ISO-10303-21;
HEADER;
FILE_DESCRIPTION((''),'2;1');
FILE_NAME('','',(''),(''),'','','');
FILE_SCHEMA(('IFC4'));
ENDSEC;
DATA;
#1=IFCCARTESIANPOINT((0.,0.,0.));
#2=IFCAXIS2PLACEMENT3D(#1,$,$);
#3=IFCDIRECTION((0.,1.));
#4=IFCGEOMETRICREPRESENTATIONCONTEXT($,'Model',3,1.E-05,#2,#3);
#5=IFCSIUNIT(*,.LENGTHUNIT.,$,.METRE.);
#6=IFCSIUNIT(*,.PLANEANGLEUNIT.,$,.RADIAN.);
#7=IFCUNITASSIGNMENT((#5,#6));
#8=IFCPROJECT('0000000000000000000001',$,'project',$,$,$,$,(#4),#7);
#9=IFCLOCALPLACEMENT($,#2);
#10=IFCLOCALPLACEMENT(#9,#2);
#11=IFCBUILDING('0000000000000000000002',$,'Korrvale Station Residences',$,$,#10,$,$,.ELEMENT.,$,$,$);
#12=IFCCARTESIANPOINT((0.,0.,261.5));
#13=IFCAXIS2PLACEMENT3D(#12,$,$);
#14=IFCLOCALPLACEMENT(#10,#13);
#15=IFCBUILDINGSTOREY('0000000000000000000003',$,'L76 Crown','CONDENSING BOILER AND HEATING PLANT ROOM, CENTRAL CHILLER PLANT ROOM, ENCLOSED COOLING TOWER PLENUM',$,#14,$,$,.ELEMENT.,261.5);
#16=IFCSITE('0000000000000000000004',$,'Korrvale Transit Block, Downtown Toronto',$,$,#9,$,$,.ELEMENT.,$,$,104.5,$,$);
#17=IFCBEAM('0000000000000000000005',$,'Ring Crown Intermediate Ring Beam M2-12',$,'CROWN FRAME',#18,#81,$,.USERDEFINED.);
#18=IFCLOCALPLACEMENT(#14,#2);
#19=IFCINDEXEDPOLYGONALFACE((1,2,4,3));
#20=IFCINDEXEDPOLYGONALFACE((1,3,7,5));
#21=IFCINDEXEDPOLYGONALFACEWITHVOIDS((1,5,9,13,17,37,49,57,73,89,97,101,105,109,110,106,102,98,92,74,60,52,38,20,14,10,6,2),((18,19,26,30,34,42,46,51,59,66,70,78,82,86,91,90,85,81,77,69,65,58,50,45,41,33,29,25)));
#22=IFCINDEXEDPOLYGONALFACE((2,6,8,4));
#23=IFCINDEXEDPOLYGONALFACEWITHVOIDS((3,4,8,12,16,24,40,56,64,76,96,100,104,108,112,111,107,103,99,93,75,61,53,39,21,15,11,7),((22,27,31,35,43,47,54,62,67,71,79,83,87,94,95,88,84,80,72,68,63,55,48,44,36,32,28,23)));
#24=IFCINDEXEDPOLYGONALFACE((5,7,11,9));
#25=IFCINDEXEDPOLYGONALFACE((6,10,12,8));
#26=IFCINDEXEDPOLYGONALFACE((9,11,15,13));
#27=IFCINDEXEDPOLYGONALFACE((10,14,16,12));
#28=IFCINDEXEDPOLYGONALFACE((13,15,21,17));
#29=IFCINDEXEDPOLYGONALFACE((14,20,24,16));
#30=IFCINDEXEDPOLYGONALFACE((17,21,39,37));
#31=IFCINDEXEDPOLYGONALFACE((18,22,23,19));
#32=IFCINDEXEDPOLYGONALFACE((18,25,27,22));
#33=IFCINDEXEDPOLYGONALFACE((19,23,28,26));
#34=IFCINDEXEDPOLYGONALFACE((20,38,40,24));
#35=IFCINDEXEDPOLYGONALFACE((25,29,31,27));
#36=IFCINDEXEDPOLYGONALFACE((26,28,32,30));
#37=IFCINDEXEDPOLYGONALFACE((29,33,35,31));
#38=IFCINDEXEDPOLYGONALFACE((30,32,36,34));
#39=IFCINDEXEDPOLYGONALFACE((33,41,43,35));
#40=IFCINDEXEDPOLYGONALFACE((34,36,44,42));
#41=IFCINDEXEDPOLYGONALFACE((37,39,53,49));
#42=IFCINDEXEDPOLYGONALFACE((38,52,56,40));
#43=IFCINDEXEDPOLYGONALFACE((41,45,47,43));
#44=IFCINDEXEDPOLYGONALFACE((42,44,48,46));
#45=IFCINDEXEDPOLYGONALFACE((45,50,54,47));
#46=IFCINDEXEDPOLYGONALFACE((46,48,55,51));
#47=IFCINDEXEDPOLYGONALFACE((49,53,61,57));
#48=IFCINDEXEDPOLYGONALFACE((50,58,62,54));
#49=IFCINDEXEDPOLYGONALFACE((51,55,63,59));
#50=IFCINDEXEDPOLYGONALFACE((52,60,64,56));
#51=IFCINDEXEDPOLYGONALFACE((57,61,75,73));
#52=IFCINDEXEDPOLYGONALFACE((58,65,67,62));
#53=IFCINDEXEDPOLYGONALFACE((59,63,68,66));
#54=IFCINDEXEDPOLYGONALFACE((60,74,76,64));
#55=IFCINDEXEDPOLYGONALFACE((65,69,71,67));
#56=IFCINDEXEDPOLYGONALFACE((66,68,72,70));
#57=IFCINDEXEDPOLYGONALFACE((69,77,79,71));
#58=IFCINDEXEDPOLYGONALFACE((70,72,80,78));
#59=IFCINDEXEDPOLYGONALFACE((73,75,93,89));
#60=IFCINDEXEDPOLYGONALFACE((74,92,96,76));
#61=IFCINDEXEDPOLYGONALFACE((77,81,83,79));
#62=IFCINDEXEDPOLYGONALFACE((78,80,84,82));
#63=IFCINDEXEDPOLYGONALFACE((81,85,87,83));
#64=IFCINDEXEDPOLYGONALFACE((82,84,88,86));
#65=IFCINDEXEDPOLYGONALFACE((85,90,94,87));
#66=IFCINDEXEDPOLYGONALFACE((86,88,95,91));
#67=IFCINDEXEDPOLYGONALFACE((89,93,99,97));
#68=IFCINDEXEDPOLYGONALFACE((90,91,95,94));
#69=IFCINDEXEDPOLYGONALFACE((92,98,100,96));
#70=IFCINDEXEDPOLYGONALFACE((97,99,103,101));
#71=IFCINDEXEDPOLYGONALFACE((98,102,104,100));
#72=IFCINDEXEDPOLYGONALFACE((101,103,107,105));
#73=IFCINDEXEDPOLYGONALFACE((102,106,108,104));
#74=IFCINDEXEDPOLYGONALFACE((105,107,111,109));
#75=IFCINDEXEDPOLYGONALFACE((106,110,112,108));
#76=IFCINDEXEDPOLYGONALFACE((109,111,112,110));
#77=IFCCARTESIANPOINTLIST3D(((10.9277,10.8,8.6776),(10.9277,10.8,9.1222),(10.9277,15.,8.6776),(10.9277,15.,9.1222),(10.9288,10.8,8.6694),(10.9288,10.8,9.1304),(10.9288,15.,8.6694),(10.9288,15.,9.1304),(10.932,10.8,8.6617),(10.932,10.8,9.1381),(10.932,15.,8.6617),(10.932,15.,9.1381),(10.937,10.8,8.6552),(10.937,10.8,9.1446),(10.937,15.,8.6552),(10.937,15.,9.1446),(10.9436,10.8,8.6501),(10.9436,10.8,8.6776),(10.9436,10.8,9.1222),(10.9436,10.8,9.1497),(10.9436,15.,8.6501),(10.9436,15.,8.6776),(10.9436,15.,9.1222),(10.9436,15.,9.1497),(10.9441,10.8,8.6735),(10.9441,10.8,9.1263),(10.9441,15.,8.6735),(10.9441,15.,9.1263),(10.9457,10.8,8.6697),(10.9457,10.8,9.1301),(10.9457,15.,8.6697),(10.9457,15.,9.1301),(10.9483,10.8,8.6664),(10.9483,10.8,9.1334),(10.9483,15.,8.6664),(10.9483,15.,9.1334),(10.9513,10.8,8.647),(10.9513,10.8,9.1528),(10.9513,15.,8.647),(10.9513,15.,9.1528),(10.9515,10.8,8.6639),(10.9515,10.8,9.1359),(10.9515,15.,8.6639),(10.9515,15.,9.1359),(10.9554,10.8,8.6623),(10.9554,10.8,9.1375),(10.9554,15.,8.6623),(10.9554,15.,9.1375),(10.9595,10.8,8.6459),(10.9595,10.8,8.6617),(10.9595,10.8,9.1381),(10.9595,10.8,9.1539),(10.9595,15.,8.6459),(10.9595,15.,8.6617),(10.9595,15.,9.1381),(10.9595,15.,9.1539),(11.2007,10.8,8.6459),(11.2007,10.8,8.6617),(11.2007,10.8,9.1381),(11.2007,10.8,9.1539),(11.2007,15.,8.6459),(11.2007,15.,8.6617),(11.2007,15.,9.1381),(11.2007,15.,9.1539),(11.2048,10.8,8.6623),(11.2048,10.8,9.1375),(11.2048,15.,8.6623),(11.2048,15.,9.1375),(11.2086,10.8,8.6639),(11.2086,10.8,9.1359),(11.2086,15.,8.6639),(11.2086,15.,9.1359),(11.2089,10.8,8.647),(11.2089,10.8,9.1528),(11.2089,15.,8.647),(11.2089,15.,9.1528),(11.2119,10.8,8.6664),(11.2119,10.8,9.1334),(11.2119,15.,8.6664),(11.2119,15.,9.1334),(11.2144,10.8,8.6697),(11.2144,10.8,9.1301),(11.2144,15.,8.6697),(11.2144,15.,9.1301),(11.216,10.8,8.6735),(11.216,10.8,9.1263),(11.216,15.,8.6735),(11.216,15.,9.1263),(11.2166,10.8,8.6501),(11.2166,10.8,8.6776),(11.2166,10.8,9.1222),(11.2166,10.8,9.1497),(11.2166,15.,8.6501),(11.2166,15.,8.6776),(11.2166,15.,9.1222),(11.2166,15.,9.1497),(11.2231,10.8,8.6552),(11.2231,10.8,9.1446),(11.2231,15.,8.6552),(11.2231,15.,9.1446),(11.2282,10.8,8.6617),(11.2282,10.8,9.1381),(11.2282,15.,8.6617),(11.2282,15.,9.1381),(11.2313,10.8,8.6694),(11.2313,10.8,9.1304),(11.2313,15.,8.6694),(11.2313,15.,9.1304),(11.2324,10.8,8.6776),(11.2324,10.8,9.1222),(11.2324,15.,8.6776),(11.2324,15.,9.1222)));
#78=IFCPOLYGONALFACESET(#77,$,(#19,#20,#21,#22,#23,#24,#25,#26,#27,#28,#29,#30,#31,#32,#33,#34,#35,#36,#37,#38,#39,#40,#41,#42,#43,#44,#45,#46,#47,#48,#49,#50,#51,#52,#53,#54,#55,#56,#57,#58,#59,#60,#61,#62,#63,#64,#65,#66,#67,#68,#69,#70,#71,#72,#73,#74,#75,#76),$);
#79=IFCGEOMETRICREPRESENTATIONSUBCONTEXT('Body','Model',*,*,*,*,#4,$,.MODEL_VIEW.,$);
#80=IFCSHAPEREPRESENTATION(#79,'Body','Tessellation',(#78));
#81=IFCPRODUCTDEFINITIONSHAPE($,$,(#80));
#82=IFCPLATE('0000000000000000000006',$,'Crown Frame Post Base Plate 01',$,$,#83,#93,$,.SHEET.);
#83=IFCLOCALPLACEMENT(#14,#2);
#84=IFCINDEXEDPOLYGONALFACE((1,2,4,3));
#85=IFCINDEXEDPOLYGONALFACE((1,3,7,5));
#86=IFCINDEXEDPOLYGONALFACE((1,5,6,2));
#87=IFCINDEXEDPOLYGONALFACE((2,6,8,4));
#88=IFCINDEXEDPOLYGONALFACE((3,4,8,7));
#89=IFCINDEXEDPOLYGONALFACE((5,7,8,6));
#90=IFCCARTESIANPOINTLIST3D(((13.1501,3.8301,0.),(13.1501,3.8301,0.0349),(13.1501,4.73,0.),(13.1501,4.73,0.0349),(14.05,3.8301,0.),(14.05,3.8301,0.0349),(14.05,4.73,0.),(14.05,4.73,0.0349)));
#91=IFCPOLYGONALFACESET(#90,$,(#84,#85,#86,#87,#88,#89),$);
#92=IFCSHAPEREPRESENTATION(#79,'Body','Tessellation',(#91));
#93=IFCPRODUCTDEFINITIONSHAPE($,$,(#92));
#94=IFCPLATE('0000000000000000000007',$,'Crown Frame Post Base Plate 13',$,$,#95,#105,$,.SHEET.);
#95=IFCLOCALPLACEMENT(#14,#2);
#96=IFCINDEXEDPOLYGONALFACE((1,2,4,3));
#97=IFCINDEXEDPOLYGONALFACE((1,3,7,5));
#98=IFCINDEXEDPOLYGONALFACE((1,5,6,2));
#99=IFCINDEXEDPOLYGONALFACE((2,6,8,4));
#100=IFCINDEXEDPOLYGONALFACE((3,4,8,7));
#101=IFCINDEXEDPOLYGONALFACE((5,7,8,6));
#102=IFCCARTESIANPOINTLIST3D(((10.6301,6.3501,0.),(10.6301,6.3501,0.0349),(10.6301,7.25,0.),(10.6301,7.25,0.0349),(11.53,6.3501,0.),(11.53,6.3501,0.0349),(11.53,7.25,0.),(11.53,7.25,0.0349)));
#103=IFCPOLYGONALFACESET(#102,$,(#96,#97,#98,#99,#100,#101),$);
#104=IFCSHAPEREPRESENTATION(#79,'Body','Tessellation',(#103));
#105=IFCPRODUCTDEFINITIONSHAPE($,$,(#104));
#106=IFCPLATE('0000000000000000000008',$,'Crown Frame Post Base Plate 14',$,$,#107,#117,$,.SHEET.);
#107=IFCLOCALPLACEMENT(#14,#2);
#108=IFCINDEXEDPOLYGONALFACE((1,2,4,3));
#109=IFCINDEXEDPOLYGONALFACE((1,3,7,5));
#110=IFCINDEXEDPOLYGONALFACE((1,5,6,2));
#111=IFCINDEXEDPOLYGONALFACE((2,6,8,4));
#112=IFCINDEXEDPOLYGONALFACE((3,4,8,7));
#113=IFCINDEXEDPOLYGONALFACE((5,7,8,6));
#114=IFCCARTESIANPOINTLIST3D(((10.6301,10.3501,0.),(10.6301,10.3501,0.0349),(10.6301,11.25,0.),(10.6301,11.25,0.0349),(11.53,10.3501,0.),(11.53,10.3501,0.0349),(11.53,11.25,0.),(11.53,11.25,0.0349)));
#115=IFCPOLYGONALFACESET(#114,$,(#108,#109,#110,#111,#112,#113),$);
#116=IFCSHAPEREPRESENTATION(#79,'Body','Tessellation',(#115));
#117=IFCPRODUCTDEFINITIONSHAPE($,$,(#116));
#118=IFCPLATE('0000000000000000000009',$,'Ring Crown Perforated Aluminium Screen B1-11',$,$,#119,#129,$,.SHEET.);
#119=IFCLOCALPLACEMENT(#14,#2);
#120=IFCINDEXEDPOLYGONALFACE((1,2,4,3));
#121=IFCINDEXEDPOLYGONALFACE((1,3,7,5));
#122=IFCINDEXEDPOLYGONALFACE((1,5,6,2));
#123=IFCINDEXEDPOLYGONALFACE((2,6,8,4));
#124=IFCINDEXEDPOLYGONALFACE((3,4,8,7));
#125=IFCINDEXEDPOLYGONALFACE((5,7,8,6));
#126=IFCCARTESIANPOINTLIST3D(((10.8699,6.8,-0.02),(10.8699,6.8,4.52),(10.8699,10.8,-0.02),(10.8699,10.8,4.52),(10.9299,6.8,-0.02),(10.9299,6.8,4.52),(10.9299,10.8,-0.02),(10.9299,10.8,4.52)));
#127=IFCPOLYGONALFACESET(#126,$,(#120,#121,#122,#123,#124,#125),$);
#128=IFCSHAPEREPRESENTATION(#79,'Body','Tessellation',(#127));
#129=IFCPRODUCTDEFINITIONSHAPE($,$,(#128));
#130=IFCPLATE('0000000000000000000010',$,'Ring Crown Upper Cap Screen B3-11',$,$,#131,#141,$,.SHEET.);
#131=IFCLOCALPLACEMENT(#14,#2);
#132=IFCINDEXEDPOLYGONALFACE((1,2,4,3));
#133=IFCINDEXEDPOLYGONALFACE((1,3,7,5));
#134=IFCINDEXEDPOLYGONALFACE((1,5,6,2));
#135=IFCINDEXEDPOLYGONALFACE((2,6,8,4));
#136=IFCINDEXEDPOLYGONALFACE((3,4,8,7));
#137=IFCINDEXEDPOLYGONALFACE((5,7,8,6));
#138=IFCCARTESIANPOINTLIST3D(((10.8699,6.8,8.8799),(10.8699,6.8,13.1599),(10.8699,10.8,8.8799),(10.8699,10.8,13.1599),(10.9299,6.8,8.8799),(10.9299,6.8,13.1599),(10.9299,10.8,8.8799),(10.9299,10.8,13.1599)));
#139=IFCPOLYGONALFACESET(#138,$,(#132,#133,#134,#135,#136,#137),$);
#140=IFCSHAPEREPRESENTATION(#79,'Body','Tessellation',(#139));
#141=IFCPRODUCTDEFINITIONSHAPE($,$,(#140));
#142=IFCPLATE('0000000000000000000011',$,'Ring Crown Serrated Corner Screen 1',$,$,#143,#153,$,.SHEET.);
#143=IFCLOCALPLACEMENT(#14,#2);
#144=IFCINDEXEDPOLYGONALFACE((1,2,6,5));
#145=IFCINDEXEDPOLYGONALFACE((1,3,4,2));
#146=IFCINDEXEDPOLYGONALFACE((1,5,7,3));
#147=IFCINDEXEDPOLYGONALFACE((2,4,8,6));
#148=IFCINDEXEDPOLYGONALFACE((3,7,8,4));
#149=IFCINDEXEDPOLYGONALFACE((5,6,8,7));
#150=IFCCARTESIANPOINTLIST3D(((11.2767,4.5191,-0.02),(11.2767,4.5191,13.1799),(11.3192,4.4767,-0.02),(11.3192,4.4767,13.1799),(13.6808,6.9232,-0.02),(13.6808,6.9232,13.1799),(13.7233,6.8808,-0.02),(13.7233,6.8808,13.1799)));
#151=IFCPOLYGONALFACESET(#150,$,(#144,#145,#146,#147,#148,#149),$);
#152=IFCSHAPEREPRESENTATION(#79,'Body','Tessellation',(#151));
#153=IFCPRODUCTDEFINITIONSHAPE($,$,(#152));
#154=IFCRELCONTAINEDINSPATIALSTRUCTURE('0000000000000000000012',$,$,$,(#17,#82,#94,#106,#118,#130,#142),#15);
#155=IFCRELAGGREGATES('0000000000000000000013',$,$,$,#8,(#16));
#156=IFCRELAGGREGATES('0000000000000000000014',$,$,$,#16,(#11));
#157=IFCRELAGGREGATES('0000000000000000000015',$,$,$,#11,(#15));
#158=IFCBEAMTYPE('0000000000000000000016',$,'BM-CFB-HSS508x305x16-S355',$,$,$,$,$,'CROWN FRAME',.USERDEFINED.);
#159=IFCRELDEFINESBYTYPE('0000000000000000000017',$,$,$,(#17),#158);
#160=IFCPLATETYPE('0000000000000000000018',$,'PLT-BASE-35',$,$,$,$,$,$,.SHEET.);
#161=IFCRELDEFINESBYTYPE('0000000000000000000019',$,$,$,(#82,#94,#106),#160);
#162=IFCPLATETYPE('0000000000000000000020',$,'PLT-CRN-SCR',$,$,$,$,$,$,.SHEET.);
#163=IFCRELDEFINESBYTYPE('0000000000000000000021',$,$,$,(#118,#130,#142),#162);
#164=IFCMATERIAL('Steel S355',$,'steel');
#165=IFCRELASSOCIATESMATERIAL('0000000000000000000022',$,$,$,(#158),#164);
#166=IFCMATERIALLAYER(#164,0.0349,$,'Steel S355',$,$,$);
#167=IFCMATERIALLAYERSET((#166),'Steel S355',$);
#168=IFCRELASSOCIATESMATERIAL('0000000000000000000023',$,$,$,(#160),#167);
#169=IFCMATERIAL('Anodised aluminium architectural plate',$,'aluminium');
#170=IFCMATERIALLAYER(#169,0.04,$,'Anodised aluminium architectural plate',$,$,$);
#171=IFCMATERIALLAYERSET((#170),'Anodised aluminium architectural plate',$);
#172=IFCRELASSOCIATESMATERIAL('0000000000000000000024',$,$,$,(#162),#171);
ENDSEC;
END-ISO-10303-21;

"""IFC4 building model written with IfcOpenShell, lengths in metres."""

from ifc_helpers import new_model, si_unit, direction, frame, origin, origin_2d, place, context, subcontext, project, spatial, rectangle, hollow_rectangle, extrude, material, layer, layer_set, material_profile, profile_set, type_object, element, save


model = new_model("IFC4")

# Units and contexts
model_context = context("Model", 3, precision=1e-05, world=origin(), true_north=direction((0.0, 1.0)))
body_context = subcontext(model_context, "Body", "Model", "MODEL_VIEW")
ifc_project = project(units=[si_unit("LENGTHUNIT", "METRE"), si_unit("PLANEANGLEUNIT", "RADIAN")], contexts=[model_context])

# Site, building, storey
site_placement = place(None, origin())
site = spatial("IfcSite", under=ifc_project, at=site_placement, Name="Korrvale Transit Block, Downtown Toronto", CompositionType="ELEMENT", RefElevation=104.5)
building_placement = place(site_placement, origin())
building = spatial("IfcBuilding", under=site, at=building_placement, Name="Korrvale Station Residences", CompositionType="ELEMENT")
storey_placement = place(building_placement, frame((0.0, 0.0, 261.5)))
storey = spatial("IfcBuildingStorey", under=building, at=storey_placement, Name="L76 Crown", Description="CONDENSING BOILER AND HEATING PLANT ROOM, CENTRAL CHILLER PLANT ROOM, ENCLOSED COOLING TOWER PLENUM", CompositionType="ELEMENT", Elevation=261.5)

# Shared definitions
ifc_material_1 = material(Name="Steel S355", Category="steel")

# Beam
ifc_material_profile_1 = material_profile(ifc_material_1, hollow_rectangle(XDim=0.3047, YDim=0.5081, WallThickness=0.0159, InnerFilletRadius=0.0159, OuterFilletRadius=0.0317, at=origin_2d()), Name="HSS508x305x16")
ifc_profile_set_1 = profile_set([ifc_material_profile_1], Name="Steel S355")
beam_type = type_object("IfcBeamType", Name="BM-CFB-HSS508x305x16-S355", ElementType="CROWN FRAME", PredefinedType="USERDEFINED", material=ifc_profile_set_1)
for number, where, z_axis, x_axis, name in (
    (1, (11.0801, 10.8, 8.8999), (0.0, 1.0, 0.0), (-1.0, 0.0, 0.0), "Ring Crown Intermediate Ring Beam M2-12"),
):
    element("IfcBeam", number, at=place(storey_placement, frame(where, z_axis=z_axis, x_axis=x_axis)), inside=storey, type_object=beam_type, Name=name, ObjectType="CROWN FRAME", PredefinedType="USERDEFINED", context=body_context, shape_type="SweptSolid", body=[
        extrude(hollow_rectangle(XDim=0.3047, YDim=0.5081, WallThickness=0.0159, InnerFilletRadius=0.0159, OuterFilletRadius=0.0317, at=origin_2d()), origin(), (0.0, 0.0, 1.0), 4.2),
    ])

# Plates
ifc_layer_1 = layer(ifc_material_1, 0.0349, Name="Steel S355")
ifc_layer_set_1 = layer_set([ifc_layer_1], Name="Steel S355")
plate_type_1 = type_object("IfcPlateType", Name="PLT-BASE-35", PredefinedType="SHEET", material=ifc_layer_set_1)
for number, where, z_axis, x_axis, name in (
    (2, (13.6001, 4.28, 0.0), (0.0, 0.0, 1.0), (1.0, 0.0, 0.0), "Crown Frame Post Base Plate 01"),
    (3, (11.0801, 6.8, 0.0), (0.0, 0.0, 1.0), (1.0, 0.0, 0.0), "Crown Frame Post Base Plate 13"),
    (4, (11.0801, 10.8, 0.0), (0.0, 0.0, 1.0), (1.0, 0.0, 0.0), "Crown Frame Post Base Plate 14"),
):
    element("IfcPlate", number, at=place(storey_placement, frame(where, z_axis=z_axis, x_axis=x_axis)), inside=storey, type_object=plate_type_1, Name=name, PredefinedType="SHEET", context=body_context, shape_type="SweptSolid", body=[
        extrude(rectangle(XDim=0.8999, YDim=0.8999, at=origin_2d()), origin(), (0.0, 0.0, 1.0), 0.0349),
    ])
ifc_material_2 = material(Name="Anodised aluminium architectural plate", Category="aluminium")
ifc_layer_2 = layer(ifc_material_2, 0.04, Name="Anodised aluminium architectural plate")
ifc_layer_set_2 = layer_set([ifc_layer_2], Name="Anodised aluminium architectural plate")
plate_type_2 = type_object("IfcPlateType", Name="PLT-CRN-SCR", PredefinedType="SHEET", material=ifc_layer_set_2)
plate_1_placement = place(storey_placement, frame((10.8999, 8.8, -0.02), z_axis=(0.0, 0.0, 1.0), x_axis=(0.0, 1.0, 0.0)))
element("IfcPlate", 5, at=plate_1_placement, inside=storey, type_object=plate_type_2, Name="Ring Crown Perforated Aluminium Screen B1-11", PredefinedType="SHEET", context=body_context, shape_type="SweptSolid", body=[
    extrude(rectangle(XDim=4.0, YDim=0.0601, at=origin_2d()), origin(), (0.0, 0.0, 1.0), 4.54),
])
plate_2_placement = place(storey_placement, frame((10.8999, 8.8, 8.8799), z_axis=(0.0, 0.0, 1.0), x_axis=(0.0, 1.0, 0.0)))
element("IfcPlate", 6, at=plate_2_placement, inside=storey, type_object=plate_type_2, Name="Ring Crown Upper Cap Screen B3-11", PredefinedType="SHEET", context=body_context, shape_type="SweptSolid", body=[
    extrude(rectangle(XDim=4.0, YDim=0.0601, at=origin_2d()), origin(), (0.0, 0.0, 1.0), 4.28),
])
plate_3_placement = place(storey_placement, frame((12.5, 5.7, -0.02), z_axis=(0.0, 0.0, 1.0), x_axis=(0.707107, 0.707107, 0.0)))
element("IfcPlate", 7, at=plate_3_placement, inside=storey, type_object=plate_type_2, Name="Ring Crown Serrated Corner Screen 1", PredefinedType="SHEET", context=body_context, shape_type="SweptSolid", body=[
    extrude(rectangle(XDim=3.3999, YDim=0.0601, at=origin_2d()), origin(), (0.0, 0.0, 1.0), 13.2),
])

save(model, "model.ifc")
